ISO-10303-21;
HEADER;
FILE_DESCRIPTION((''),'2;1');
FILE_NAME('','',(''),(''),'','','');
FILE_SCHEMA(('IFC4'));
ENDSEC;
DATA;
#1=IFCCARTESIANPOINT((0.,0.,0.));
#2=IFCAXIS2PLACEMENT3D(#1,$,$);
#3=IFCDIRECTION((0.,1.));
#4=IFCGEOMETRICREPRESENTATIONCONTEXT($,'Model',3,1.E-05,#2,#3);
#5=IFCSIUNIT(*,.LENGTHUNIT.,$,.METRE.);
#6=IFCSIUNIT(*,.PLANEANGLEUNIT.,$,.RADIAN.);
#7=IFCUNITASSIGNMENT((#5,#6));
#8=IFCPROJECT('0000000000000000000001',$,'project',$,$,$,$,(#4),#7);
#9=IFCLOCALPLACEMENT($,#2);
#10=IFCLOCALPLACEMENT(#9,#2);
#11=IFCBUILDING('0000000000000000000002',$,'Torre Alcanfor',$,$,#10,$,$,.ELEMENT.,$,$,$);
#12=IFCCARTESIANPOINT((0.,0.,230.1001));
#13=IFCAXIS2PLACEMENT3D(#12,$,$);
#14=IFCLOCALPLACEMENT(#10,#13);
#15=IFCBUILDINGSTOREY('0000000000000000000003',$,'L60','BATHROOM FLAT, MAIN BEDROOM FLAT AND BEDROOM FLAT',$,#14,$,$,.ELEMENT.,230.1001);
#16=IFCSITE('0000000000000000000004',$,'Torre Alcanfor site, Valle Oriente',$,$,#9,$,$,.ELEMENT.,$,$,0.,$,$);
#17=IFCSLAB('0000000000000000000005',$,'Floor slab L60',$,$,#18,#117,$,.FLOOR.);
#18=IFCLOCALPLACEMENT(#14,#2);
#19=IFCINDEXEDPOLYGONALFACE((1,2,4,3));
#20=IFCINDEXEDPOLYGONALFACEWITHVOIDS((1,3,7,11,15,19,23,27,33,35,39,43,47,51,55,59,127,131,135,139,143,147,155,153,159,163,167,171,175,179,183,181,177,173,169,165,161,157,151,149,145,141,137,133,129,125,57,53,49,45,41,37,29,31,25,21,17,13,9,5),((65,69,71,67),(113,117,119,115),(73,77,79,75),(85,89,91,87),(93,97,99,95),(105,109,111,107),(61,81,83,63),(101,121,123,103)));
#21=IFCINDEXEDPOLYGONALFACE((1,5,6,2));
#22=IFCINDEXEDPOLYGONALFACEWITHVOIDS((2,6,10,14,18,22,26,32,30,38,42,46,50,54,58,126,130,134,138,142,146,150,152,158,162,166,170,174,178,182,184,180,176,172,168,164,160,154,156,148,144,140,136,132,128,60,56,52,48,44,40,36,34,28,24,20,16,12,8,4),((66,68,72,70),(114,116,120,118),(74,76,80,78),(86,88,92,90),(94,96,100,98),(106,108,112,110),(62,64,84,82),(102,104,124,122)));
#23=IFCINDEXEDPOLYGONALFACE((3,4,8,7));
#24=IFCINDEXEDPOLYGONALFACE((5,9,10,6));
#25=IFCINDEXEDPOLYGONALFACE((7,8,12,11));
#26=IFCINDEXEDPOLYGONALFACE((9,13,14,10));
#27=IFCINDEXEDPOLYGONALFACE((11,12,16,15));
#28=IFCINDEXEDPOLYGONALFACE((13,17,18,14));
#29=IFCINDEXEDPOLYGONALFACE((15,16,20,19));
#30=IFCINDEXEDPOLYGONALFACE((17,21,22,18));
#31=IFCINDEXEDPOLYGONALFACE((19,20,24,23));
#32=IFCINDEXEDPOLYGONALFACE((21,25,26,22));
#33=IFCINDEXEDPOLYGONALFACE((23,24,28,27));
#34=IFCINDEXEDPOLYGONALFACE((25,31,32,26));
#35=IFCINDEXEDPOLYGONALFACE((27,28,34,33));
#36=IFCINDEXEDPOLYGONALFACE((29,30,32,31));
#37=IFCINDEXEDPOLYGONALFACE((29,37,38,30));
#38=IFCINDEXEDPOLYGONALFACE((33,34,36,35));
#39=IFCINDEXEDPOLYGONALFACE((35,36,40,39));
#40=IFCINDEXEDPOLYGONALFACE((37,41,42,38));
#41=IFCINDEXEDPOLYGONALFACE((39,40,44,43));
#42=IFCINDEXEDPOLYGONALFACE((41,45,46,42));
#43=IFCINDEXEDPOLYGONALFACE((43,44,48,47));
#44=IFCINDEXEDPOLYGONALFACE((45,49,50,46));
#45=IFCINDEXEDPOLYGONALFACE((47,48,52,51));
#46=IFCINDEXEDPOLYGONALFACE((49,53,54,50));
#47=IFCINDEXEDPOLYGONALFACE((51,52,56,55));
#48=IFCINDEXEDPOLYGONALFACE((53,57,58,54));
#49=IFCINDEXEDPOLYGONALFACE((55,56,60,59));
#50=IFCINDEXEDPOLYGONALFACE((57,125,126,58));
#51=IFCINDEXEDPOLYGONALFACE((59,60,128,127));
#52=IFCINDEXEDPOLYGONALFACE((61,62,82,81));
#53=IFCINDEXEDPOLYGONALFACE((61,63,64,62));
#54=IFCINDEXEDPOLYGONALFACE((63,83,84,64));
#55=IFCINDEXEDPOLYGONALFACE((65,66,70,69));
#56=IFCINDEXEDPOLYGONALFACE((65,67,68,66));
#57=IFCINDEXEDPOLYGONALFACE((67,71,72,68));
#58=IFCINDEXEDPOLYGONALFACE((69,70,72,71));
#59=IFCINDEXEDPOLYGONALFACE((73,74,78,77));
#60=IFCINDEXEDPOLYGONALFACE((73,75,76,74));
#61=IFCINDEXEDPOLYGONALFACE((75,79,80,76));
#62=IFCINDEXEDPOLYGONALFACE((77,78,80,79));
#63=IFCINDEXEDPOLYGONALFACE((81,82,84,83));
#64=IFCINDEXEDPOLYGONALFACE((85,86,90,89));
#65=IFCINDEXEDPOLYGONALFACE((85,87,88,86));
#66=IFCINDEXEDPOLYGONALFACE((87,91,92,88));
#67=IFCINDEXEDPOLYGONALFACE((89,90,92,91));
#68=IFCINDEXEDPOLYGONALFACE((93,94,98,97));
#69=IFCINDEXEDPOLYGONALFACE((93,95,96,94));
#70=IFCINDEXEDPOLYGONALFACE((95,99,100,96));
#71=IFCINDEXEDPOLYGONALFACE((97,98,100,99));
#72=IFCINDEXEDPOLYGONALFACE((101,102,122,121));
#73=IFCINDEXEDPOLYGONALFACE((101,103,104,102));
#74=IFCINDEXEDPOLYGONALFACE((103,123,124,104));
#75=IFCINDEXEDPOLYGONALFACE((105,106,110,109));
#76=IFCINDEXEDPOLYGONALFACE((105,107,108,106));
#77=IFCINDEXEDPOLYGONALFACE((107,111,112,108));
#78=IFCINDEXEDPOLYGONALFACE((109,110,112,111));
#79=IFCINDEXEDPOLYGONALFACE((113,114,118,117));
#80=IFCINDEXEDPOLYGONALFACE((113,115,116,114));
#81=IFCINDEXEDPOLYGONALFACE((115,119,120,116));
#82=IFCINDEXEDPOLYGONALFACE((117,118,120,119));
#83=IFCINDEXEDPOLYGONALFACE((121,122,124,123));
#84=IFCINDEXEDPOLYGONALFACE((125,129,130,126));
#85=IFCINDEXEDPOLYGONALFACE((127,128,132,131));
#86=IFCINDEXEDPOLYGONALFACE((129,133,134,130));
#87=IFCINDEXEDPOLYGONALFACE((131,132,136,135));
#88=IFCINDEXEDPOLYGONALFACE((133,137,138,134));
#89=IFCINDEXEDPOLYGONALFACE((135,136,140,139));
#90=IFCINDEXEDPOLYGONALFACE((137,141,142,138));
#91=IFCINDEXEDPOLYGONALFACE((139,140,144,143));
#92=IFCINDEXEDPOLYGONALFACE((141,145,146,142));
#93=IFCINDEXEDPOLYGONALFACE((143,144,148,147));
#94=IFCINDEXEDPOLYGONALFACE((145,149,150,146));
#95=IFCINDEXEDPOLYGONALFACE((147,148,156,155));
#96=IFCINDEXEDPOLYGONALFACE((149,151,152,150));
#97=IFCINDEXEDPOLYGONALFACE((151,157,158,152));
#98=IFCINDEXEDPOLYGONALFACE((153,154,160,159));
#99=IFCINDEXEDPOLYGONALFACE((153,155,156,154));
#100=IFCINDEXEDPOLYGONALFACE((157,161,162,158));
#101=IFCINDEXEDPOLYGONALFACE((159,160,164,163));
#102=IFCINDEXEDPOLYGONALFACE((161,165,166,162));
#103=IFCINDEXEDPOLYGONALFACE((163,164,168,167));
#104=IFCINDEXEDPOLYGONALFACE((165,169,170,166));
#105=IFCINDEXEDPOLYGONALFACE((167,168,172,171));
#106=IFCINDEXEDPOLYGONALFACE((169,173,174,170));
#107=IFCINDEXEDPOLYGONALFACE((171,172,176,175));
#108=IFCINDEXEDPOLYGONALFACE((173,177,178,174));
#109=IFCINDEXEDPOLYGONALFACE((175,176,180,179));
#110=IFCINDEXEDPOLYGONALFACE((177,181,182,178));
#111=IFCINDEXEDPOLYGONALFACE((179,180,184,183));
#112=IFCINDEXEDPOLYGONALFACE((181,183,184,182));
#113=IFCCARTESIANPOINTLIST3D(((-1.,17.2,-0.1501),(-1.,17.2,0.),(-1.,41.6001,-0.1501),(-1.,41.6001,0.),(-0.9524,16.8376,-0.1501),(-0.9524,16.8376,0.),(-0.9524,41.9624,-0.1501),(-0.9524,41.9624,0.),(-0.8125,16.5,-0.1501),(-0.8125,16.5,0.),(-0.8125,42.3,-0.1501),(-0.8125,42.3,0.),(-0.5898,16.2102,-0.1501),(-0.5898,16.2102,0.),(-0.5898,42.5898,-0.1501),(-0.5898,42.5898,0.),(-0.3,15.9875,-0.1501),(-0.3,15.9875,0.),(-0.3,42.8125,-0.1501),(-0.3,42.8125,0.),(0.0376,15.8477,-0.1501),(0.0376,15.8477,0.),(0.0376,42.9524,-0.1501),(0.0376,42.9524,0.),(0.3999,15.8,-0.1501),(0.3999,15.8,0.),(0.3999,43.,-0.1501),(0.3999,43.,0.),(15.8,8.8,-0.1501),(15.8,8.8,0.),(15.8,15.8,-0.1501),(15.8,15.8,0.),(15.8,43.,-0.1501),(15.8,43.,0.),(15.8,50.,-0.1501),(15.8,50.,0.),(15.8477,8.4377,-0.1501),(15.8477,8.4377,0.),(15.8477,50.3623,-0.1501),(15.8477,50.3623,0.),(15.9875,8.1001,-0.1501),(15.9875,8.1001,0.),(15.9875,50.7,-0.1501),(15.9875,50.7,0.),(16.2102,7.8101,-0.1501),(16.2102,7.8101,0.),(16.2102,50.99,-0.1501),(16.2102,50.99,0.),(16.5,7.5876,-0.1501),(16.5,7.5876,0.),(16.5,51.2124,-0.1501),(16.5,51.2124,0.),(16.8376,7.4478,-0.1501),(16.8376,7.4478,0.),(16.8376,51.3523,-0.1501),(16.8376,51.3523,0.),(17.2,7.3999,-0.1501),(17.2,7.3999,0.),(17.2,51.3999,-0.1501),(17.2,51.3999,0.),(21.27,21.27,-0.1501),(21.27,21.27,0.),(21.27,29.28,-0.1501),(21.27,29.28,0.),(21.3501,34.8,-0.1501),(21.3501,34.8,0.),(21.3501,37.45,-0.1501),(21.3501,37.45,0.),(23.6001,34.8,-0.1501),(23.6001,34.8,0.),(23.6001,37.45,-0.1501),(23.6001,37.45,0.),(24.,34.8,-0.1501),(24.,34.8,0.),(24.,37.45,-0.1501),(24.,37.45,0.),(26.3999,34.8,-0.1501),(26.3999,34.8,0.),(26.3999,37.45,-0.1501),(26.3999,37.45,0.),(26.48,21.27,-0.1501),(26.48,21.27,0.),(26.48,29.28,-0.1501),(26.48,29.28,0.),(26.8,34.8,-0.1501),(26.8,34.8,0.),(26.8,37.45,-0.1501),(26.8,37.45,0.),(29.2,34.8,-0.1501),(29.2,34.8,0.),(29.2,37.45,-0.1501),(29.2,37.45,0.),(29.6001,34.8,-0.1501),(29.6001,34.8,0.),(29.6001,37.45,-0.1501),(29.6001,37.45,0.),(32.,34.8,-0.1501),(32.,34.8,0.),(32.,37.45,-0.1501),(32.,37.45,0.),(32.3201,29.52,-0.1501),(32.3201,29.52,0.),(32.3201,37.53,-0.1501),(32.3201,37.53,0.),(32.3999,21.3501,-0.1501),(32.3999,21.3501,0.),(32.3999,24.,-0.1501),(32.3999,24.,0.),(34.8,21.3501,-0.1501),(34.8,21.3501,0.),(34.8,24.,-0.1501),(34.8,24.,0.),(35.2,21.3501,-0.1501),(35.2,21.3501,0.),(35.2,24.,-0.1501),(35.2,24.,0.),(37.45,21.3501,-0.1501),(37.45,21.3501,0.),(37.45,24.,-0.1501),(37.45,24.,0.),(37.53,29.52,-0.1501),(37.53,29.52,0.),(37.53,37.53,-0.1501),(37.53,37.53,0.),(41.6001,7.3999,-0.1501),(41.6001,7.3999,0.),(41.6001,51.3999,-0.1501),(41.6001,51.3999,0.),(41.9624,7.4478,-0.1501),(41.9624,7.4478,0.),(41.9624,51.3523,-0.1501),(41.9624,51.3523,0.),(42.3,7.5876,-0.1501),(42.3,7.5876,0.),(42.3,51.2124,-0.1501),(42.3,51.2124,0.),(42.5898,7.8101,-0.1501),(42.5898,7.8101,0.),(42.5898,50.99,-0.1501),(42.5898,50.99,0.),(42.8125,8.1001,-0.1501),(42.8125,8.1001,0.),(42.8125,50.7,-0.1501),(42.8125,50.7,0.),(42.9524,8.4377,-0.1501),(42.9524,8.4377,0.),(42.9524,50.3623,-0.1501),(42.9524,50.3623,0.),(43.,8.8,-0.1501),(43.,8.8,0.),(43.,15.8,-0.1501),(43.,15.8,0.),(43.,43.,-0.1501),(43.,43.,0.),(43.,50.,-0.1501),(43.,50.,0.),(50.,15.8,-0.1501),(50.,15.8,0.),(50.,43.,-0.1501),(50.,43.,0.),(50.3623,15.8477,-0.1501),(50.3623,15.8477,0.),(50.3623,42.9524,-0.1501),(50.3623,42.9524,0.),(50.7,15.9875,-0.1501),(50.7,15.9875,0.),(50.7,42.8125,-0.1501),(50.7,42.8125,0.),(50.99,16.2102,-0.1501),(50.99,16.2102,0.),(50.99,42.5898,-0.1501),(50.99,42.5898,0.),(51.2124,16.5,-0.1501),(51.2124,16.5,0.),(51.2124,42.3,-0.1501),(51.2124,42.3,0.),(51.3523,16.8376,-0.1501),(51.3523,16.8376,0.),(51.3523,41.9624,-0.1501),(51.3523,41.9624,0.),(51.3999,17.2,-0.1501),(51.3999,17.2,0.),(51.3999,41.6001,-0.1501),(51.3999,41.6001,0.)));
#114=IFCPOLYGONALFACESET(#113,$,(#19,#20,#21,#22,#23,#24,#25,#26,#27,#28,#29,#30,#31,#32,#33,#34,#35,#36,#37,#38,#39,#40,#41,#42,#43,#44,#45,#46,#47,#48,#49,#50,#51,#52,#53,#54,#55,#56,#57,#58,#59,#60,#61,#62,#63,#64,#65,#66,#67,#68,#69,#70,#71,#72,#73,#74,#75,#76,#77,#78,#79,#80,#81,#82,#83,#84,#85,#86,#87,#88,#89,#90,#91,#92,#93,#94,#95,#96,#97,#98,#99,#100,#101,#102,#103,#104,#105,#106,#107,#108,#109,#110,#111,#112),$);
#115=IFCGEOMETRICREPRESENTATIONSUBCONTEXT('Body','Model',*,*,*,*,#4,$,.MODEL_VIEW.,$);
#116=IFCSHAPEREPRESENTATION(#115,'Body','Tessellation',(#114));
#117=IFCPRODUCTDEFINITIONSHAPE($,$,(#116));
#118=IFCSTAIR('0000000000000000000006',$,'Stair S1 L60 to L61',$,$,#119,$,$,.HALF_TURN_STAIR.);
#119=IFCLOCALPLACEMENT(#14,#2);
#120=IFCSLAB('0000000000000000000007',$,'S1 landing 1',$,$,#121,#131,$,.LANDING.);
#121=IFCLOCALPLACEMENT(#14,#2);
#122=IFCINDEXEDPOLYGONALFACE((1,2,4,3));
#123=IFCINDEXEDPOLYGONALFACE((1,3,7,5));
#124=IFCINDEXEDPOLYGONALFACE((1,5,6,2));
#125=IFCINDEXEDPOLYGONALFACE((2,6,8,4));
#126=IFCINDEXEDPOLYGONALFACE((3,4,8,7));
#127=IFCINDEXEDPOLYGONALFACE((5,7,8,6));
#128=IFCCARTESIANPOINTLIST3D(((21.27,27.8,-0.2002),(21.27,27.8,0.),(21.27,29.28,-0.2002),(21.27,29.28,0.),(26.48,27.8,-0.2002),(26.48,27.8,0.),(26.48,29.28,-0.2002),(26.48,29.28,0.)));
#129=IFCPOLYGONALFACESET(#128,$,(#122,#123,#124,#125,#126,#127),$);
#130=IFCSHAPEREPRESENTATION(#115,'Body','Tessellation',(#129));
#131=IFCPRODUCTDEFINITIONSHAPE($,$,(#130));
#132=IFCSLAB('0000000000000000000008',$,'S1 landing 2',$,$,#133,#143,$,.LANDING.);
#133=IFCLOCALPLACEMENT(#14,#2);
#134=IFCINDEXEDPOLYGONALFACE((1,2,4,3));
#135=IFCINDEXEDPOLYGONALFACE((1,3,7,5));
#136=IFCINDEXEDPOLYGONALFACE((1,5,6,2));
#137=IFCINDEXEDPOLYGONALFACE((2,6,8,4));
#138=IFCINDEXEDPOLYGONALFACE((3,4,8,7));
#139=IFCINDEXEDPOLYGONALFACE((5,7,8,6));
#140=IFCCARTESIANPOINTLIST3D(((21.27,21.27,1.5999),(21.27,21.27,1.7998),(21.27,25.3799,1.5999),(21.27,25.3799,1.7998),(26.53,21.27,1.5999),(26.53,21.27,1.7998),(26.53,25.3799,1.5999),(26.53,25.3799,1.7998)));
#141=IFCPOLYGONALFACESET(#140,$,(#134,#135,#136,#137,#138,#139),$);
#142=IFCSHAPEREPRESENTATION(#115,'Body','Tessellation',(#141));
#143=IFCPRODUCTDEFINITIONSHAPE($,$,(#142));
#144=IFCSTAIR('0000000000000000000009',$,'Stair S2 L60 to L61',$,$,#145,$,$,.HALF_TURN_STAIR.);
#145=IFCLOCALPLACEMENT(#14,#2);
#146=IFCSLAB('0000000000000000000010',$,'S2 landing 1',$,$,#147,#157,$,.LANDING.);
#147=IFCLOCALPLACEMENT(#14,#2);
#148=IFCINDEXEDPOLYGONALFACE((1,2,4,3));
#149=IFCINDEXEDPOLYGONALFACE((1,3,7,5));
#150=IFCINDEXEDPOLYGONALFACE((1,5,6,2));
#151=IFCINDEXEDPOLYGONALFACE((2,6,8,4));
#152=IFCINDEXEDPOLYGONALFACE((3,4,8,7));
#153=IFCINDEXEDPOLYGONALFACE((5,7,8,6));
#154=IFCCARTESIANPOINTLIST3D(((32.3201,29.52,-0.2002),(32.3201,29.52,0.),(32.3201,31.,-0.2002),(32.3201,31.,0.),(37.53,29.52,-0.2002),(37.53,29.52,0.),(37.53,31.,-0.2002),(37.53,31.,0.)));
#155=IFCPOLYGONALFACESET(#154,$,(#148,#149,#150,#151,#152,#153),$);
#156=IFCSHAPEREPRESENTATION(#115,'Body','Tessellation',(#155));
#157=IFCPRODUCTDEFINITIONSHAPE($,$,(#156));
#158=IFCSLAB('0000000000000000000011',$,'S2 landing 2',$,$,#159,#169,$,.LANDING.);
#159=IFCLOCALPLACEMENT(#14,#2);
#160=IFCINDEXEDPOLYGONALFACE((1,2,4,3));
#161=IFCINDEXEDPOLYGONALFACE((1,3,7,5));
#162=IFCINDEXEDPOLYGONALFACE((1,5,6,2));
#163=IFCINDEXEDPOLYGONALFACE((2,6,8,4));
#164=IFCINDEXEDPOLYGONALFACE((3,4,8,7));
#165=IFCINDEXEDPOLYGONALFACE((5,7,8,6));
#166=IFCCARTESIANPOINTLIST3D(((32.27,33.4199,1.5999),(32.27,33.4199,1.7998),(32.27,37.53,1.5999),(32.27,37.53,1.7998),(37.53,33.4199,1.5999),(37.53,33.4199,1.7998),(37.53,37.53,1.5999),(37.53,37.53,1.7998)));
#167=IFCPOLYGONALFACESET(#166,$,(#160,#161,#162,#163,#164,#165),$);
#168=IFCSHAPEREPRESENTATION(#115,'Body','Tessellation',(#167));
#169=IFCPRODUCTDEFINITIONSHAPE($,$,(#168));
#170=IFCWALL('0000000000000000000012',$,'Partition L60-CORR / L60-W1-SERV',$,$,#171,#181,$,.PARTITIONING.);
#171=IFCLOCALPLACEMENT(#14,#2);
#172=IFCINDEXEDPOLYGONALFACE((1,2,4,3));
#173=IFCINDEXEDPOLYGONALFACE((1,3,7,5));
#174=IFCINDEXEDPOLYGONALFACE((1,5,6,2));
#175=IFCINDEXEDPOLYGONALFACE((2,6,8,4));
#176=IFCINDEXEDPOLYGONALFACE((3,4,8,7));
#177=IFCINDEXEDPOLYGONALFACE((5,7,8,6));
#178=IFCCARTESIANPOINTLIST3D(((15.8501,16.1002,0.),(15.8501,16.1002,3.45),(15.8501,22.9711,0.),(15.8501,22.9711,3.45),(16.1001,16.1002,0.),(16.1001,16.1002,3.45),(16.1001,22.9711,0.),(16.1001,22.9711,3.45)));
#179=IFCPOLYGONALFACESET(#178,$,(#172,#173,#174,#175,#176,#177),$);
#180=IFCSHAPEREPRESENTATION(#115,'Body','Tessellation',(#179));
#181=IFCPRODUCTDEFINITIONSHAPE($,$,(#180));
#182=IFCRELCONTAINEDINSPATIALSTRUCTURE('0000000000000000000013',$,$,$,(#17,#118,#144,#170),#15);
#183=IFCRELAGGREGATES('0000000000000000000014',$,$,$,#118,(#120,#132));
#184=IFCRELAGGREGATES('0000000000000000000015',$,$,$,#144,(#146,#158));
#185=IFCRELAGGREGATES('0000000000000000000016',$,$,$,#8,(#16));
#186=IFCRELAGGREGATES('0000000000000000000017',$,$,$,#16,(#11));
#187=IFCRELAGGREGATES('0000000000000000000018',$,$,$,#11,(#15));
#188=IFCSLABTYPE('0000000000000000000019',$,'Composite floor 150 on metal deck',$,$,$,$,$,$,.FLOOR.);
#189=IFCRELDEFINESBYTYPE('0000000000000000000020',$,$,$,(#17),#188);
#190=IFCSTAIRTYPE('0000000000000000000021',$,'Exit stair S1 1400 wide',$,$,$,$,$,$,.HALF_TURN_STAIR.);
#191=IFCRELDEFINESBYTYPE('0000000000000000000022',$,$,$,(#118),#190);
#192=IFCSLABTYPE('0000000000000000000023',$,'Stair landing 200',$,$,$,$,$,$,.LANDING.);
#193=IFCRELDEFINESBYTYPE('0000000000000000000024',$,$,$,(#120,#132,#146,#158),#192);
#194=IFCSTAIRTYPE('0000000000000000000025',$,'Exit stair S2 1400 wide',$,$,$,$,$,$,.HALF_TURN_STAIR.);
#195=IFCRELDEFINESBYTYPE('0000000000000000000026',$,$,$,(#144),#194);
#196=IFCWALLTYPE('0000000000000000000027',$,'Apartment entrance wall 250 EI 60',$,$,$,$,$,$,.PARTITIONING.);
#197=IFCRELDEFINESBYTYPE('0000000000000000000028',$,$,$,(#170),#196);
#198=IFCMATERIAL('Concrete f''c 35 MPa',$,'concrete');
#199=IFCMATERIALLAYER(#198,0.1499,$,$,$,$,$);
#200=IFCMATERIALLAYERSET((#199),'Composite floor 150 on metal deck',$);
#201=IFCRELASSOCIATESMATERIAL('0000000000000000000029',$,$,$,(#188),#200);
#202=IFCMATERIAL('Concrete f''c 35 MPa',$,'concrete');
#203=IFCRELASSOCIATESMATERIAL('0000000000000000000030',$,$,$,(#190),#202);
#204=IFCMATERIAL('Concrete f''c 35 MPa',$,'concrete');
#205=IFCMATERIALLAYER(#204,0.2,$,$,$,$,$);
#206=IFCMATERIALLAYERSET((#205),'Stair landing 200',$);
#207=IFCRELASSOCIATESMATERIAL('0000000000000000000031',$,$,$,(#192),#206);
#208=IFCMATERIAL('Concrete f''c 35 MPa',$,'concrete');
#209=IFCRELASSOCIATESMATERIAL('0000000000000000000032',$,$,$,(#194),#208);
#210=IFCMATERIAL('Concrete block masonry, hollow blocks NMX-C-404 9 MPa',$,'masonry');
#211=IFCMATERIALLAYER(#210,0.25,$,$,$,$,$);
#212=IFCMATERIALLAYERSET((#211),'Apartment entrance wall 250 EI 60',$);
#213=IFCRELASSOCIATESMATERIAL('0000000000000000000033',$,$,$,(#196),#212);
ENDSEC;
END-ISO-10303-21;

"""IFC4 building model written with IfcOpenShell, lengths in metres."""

from ifc_helpers import new_model, si_unit, direction, frame, frame_2d, origin, place, context, subcontext, project, spatial, polyline, rectangle, outline, extrude, material, layer, layer_set, type_object, element, aggregate, save


model = new_model("IFC4")

# Units and contexts
model_context = context("Model", 3, precision=1e-05, world=origin(), true_north=direction((0.0, 1.0)))
body_context = subcontext(model_context, "Body", "Model", "MODEL_VIEW")
ifc_project = project(units=[si_unit("LENGTHUNIT", "METRE"), si_unit("PLANEANGLEUNIT", "RADIAN")], contexts=[model_context])

# Site, building, storey
site_placement = place(None, origin())
site = spatial("IfcSite", under=ifc_project, at=site_placement, Name="Torre Alcanfor site, Valle Oriente", CompositionType="ELEMENT", RefElevation=0.0)
building_placement = place(site_placement, origin())
building = spatial("IfcBuilding", under=site, at=building_placement, Name="Torre Alcanfor", CompositionType="ELEMENT")
storey_placement = place(building_placement, frame((0.0, 0.0, 230.1001)))
storey = spatial("IfcBuildingStorey", under=building, at=storey_placement, Name="L60", Description="BATHROOM FLAT, MAIN BEDROOM FLAT AND BEDROOM FLAT", CompositionType="ELEMENT", Elevation=230.1001)

# Slab
ifc_material_1 = material(Name="Concrete f'c 35 MPa", Category="concrete")
ifc_layer_1 = layer(ifc_material_1, 0.1499)
ifc_layer_set_1 = layer_set([ifc_layer_1], Name="Composite floor 150 on metal deck")
slab_type_1 = type_object("IfcSlabType", Name="Composite floor 150 on metal deck", PredefinedType="FLOOR", material=ifc_layer_set_1)
slab_1_placement = place(storey_placement, frame((0.0, 0.0, -0.1501)))
element("IfcSlab", 1, at=slab_1_placement, inside=storey, type_object=slab_type_1, Name="Floor slab L60", PredefinedType="FLOOR", context=body_context, shape_type="SweptSolid", body=[
    extrude(outline(polyline([(15.8, 43.0), (0.3999, 43.0), (0.0376, 42.9524), (-0.3, 42.8125), (-0.5898, 42.5898), (-0.8125, 42.3), (-0.9524, 41.9624), (-1.0, 41.6001), (-1.0, 17.2), (-0.9524, 16.8376), (-0.8125, 16.5), (-0.5898, 16.2102), (-0.3, 15.9875), (0.0376, 15.8477), (0.3999, 15.8), (15.8, 15.8), (15.8, 8.8), (15.8477, 8.4377), (15.9875, 8.1001), (16.2102, 7.8101), (16.5, 7.5876), (16.8376, 7.4478), (17.2, 7.3999), (41.6001, 7.3999), (41.9624, 7.4478), (42.3, 7.5876), (42.5898, 7.8101), (42.8125, 8.1001), (42.9524, 8.4377), (43.0, 8.8), (43.0, 15.8), (50.0, 15.8), (50.3623, 15.8477), (50.7, 15.9875), (50.99, 16.2102), (51.2124, 16.5), (51.3523, 16.8376), (51.3999, 17.2), (51.3999, 41.6001), (51.3523, 41.9624), (51.2124, 42.3), (50.99, 42.5898), (50.7, 42.8125), (50.3623, 42.9524), (50.0, 43.0), (43.0, 43.0), (43.0, 50.0), (42.9524, 50.3623), (42.8125, 50.7), (42.5898, 50.99), (42.3, 51.2124), (41.9624, 51.3523), (41.6001, 51.3999), (17.2, 51.3999), (16.8376, 51.3523), (16.5, 51.2124), (16.2102, 50.99), (15.9875, 50.7), (15.8477, 50.3623), (15.8, 50.0), (15.8, 43.0)]), holes=[polyline([(21.27, 21.27), (26.48, 21.27), (26.48, 29.28), (21.27, 29.28), (21.27, 21.27)]), polyline([(32.3201, 29.52), (37.53, 29.52), (37.53, 37.53), (32.3201, 37.53), (32.3201, 29.52)]), polyline([(32.3999, 21.3501), (34.8, 21.3501), (34.8, 24.0), (32.3999, 24.0), (32.3999, 21.3501)]), polyline([(35.2, 21.3501), (37.45, 21.3501), (37.45, 24.0), (35.2, 24.0), (35.2, 21.3501)]), polyline([(21.3501, 34.8), (23.6001, 34.8), (23.6001, 37.45), (21.3501, 37.45), (21.3501, 34.8)]), polyline([(24.0, 34.8), (26.3999, 34.8), (26.3999, 37.45), (24.0, 37.45), (24.0, 34.8)]), polyline([(26.8, 34.8), (29.2, 34.8), (29.2, 37.45), (26.8, 37.45), (26.8, 34.8)]), polyline([(29.6001, 34.8), (32.0, 34.8), (32.0, 37.45), (29.6001, 37.45), (29.6001, 34.8)])]), origin(), (0.0, 0.0, 1.0), 0.1501),
])

# Stairs, slabs
ifc_material_2 = material(Name="Concrete f'c 35 MPa", Category="concrete")
stair_type_1 = type_object("IfcStairType", Name="Exit stair S1 1400 wide", PredefinedType="HALF_TURN_STAIR", material=ifc_material_2)
stair_1_placement = place(storey_placement, origin())
stair_1 = element("IfcStair", 2, at=stair_1_placement, inside=storey, type_object=stair_type_1, Name="Stair S1 L60 to L61", PredefinedType="HALF_TURN_STAIR")
ifc_material_3 = material(Name="Concrete f'c 35 MPa", Category="concrete")
ifc_layer_2 = layer(ifc_material_3, 0.2)
ifc_layer_set_2 = layer_set([ifc_layer_2], Name="Stair landing 200")
slab_type_2 = type_object("IfcSlabType", Name="Stair landing 200", PredefinedType="LANDING", material=ifc_layer_set_2)
slab_2_placement = place(storey_placement, frame((0.0, 0.0, -0.2002)))
slab_2 = element("IfcSlab", 3, at=slab_2_placement, type_object=slab_type_2, Name="S1 landing 1", PredefinedType="LANDING", context=body_context, shape_type="SweptSolid", body=[
    extrude(outline(polyline([(21.27, 27.8), (26.48, 27.8), (26.48, 29.28), (21.27, 29.28), (21.27, 27.8)])), origin(), (0.0, 0.0, 1.0), 0.2002),
])
slab_3_placement = place(storey_placement, frame((0.0, 0.0, 1.5999)))
slab_3 = element("IfcSlab", 4, at=slab_3_placement, type_object=slab_type_2, Name="S1 landing 2", PredefinedType="LANDING", context=body_context, shape_type="SweptSolid", body=[
    extrude(outline(polyline([(21.27, 21.27), (26.53, 21.27), (26.53, 25.3799), (21.27, 25.3799), (21.27, 21.27)])), origin(), (0.0, 0.0, 1.0), 0.2),
])
aggregate(stair_1, [slab_2, slab_3])
ifc_material_4 = material(Name="Concrete f'c 35 MPa", Category="concrete")
stair_type_2 = type_object("IfcStairType", Name="Exit stair S2 1400 wide", PredefinedType="HALF_TURN_STAIR", material=ifc_material_4)
stair_2_placement = place(storey_placement, origin())
stair_2 = element("IfcStair", 5, at=stair_2_placement, inside=storey, type_object=stair_type_2, Name="Stair S2 L60 to L61", PredefinedType="HALF_TURN_STAIR")
slab_4_placement = place(storey_placement, frame((0.0, 0.0, -0.2002)))
slab_4 = element("IfcSlab", 6, at=slab_4_placement, type_object=slab_type_2, Name="S2 landing 1", PredefinedType="LANDING", context=body_context, shape_type="SweptSolid", body=[
    extrude(outline(polyline([(32.3201, 29.52), (37.53, 29.52), (37.53, 31.0), (32.3201, 31.0), (32.3201, 29.52)])), origin(), (0.0, 0.0, 1.0), 0.2002),
])
slab_5_placement = place(storey_placement, frame((0.0, 0.0, 1.5999)))
slab_5 = element("IfcSlab", 7, at=slab_5_placement, type_object=slab_type_2, Name="S2 landing 2", PredefinedType="LANDING", context=body_context, shape_type="SweptSolid", body=[
    extrude(outline(polyline([(32.27, 33.4199), (37.53, 33.4199), (37.53, 37.53), (32.27, 37.53), (32.27, 33.4199)])), origin(), (0.0, 0.0, 1.0), 0.2),
])
aggregate(stair_2, [slab_4, slab_5])

# Wall
ifc_material_5 = material(Name="Concrete block masonry, hollow blocks NMX-C-404 9 MPa", Category="masonry")
ifc_layer_3 = layer(ifc_material_5, 0.25)
ifc_layer_set_3 = layer_set([ifc_layer_3], Name="Apartment entrance wall 250 EI 60")
wall_type_1 = type_object("IfcWallType", Name="Apartment entrance wall 250 EI 60", PredefinedType="PARTITIONING", material=ifc_layer_set_3)
wall_1_placement = place(storey_placement, frame((15.9751, 16.1001, 0.0), z_axis=(0.0, 0.0, 1.0), x_axis=(0.0, 1.0, 0.0)))
element("IfcWall", 8, at=wall_1_placement, inside=storey, type_object=wall_type_1, Name="Partition L60-CORR / L60-W1-SERV", PredefinedType="PARTITIONING", context=body_context, shape_type="SweptSolid", body=[
    extrude(rectangle(XDim=6.8708, YDim=0.25, at=frame_2d((3.4355, 0.0))), origin(), (0.0, 0.0, 1.0), 3.45),
])

save(model, "model.ifc")
